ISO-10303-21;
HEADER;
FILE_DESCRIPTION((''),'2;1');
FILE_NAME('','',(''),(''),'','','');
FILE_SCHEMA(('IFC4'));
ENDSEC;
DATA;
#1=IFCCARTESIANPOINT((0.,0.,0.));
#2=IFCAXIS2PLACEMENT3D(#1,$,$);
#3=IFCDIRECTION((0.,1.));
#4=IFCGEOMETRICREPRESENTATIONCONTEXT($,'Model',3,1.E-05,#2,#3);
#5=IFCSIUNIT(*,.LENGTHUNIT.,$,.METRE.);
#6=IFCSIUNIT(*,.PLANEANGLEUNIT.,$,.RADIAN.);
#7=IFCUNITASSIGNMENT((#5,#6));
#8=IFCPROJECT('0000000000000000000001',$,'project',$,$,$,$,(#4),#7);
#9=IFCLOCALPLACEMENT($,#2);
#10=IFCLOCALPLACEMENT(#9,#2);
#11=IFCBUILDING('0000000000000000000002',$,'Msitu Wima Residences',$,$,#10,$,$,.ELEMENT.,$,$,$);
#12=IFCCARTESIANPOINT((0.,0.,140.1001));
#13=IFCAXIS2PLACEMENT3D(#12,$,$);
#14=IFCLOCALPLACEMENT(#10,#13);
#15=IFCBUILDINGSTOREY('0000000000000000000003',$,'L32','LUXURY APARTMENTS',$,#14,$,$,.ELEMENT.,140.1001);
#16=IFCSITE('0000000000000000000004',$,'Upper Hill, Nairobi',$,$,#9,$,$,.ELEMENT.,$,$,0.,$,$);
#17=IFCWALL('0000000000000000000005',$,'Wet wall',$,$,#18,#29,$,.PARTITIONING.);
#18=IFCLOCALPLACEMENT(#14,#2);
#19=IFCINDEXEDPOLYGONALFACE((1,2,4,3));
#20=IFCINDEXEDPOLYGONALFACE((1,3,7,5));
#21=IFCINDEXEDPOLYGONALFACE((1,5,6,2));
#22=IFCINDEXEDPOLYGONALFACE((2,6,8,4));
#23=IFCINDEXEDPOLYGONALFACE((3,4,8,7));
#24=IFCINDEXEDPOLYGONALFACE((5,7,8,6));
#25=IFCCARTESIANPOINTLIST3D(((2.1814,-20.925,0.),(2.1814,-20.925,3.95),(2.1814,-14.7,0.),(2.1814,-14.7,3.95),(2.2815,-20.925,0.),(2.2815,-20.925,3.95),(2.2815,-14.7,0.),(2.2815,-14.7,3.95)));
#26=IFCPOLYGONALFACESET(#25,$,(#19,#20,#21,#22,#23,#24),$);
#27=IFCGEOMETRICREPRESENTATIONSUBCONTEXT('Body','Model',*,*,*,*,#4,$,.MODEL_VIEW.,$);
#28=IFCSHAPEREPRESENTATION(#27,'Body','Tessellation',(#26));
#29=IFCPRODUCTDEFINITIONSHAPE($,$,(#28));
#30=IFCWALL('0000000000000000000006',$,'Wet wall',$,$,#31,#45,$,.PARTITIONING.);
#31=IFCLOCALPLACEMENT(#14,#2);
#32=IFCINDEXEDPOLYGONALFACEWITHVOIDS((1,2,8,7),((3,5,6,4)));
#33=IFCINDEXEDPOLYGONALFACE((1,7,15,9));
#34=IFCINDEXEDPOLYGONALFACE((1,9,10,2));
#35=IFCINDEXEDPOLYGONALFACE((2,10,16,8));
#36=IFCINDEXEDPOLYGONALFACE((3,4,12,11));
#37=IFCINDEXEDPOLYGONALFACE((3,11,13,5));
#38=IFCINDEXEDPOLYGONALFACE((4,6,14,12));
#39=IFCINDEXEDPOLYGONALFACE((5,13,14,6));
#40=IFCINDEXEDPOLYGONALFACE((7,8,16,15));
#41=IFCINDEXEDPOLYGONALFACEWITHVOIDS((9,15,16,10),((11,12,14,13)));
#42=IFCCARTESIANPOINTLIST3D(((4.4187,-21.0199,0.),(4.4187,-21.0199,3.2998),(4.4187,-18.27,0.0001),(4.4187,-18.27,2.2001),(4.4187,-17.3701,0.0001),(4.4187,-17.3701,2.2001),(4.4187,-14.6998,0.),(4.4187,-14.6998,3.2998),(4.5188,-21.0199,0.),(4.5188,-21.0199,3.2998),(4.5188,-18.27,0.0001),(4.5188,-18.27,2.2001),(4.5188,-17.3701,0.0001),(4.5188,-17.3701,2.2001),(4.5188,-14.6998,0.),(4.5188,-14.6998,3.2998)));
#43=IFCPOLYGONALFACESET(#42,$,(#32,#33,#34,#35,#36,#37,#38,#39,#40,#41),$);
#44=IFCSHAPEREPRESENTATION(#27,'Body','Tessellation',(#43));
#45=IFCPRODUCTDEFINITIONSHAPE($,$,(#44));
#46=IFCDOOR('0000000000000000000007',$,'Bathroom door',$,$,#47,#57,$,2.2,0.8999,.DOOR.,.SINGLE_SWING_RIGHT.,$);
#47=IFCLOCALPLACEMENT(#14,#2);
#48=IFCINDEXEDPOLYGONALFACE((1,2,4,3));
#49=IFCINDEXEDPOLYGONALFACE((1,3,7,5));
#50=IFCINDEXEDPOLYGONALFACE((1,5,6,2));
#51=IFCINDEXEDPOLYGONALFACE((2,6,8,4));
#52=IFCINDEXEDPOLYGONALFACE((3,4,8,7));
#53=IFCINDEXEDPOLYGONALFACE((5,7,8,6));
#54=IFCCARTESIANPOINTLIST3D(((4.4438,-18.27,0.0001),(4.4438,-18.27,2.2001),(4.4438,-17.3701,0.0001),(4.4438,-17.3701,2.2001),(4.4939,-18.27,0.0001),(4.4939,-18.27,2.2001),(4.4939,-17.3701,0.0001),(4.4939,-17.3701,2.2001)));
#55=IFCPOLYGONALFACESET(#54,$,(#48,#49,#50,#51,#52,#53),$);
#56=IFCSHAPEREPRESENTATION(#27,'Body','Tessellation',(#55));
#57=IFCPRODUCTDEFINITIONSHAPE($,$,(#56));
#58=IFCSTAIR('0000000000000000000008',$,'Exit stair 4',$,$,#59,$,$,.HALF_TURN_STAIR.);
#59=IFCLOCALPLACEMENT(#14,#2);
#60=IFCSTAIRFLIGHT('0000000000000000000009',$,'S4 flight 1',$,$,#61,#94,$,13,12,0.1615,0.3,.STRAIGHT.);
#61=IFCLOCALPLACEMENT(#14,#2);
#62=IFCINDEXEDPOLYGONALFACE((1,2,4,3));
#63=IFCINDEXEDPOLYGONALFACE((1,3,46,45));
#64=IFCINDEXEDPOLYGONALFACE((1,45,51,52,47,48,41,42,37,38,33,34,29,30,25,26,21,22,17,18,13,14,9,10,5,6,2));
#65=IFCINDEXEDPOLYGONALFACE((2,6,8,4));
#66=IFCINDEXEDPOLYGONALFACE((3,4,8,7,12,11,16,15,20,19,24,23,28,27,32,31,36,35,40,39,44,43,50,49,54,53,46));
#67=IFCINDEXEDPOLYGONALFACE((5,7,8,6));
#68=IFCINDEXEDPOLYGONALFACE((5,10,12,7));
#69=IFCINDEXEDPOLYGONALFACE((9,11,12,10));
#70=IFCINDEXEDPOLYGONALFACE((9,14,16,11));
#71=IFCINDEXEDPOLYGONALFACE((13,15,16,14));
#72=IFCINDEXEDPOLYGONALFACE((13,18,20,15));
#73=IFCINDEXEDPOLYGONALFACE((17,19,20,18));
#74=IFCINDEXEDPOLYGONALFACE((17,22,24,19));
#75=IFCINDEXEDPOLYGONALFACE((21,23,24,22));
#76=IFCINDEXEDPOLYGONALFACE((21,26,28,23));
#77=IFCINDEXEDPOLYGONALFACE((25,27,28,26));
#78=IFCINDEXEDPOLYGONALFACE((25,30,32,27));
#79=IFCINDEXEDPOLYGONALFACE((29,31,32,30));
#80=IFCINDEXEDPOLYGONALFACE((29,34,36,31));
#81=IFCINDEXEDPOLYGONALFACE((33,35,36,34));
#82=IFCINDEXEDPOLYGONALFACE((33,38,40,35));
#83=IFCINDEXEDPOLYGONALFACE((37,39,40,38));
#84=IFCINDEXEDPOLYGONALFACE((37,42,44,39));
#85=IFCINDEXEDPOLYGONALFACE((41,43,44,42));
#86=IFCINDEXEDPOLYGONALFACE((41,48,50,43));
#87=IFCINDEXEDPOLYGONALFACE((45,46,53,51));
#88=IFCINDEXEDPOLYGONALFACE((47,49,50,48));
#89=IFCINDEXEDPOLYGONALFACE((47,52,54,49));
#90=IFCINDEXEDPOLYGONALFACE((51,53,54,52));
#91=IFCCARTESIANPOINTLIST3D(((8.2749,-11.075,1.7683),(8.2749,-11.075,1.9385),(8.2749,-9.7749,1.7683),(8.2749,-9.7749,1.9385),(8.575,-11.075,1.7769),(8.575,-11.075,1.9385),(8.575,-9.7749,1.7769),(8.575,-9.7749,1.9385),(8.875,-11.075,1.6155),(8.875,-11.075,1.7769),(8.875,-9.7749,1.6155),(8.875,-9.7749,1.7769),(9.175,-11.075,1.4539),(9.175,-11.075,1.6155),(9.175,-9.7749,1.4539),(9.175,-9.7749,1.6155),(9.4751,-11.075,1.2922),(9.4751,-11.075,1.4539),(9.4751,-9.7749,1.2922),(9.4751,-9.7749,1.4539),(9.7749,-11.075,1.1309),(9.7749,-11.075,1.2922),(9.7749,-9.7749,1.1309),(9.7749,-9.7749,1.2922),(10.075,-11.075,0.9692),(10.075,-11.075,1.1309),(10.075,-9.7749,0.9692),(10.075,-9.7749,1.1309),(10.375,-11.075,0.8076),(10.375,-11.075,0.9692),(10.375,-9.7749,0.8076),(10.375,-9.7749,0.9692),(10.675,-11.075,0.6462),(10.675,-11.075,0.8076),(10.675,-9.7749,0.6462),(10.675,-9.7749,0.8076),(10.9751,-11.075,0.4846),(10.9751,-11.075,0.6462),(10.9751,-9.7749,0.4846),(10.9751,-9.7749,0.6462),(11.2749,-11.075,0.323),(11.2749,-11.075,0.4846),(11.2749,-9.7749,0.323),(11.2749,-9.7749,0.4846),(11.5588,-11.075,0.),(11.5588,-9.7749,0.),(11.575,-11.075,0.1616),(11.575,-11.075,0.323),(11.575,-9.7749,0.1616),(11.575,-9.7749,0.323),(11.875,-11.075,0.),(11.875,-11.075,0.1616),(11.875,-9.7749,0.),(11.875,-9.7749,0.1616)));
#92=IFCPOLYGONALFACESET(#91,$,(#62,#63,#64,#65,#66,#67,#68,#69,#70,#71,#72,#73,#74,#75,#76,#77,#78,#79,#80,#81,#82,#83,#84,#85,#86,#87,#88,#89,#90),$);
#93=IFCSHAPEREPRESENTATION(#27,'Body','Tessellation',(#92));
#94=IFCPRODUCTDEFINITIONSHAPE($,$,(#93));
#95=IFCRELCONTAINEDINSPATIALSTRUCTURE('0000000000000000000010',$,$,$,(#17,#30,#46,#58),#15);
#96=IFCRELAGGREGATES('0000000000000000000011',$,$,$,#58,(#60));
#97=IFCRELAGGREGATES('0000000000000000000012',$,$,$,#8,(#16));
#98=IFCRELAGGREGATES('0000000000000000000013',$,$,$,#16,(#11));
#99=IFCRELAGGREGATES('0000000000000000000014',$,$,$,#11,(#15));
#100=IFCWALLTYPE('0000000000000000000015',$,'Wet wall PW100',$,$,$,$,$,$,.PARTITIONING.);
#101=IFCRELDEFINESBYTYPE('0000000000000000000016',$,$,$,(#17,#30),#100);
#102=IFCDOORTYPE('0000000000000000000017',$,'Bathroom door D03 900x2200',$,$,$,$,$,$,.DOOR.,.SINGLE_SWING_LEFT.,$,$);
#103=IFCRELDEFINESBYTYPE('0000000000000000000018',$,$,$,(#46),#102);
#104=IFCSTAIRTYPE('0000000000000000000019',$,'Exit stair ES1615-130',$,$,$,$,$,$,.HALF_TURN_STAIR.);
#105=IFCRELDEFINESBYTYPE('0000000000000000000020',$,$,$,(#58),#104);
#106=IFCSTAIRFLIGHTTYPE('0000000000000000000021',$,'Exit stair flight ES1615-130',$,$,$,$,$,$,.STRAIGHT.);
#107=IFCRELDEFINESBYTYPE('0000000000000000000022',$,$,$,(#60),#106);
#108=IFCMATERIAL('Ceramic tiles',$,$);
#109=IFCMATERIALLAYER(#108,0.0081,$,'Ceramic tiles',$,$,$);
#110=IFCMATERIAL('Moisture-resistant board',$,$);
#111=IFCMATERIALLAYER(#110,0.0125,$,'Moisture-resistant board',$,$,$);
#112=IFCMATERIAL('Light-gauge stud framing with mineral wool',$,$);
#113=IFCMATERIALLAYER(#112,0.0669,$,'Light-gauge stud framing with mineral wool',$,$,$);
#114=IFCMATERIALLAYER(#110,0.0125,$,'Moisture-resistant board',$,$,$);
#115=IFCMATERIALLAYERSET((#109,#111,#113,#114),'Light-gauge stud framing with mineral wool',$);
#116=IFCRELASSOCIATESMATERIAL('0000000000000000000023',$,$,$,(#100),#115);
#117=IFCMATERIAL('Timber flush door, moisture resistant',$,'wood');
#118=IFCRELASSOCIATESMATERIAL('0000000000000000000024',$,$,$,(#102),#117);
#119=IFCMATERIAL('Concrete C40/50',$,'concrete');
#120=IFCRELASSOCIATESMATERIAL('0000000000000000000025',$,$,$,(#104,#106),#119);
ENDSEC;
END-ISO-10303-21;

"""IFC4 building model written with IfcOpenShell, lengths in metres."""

from ifc_helpers import new_model, si_unit, direction, frame, frame_2d, origin, place, context, subcontext, project, spatial, polyline, rectangle, outline, extrude, material, layer, layer_set, type_object, element, fill, aggregate, save


model = new_model("IFC4")

# Units and contexts
model_context = context("Model", 3, precision=1e-05, world=origin(), true_north=direction((0.0, 1.0)))
body_context = subcontext(model_context, "Body", "Model", "MODEL_VIEW")
ifc_project = project(units=[si_unit("LENGTHUNIT", "METRE"), si_unit("PLANEANGLEUNIT", "RADIAN")], contexts=[model_context])

# Site, building, storey
site_placement = place(None, origin())
site = spatial("IfcSite", under=ifc_project, at=site_placement, Name="Upper Hill, Nairobi", CompositionType="ELEMENT", RefElevation=0.0)
building_placement = place(site_placement, origin())
building = spatial("IfcBuilding", under=site, at=building_placement, Name="Msitu Wima Residences", CompositionType="ELEMENT")
storey_placement = place(building_placement, frame((0.0, 0.0, 140.1001)))
storey = spatial("IfcBuildingStorey", under=building, at=storey_placement, Name="L32", Description="LUXURY APARTMENTS", CompositionType="ELEMENT", Elevation=140.1001)

# Shared definitions
ifc_material_1 = material(Name="Concrete C40/50", Category="concrete")

# Wall
ifc_material_2 = material(Name="Ceramic tiles")
ifc_layer_1 = layer(ifc_material_2, 0.0081, Name="Ceramic tiles")
ifc_material_3 = material(Name="Moisture-resistant board")
ifc_layer_2 = layer(ifc_material_3, 0.0125, Name="Moisture-resistant board")
ifc_material_4 = material(Name="Light-gauge stud framing with mineral wool")
ifc_layer_3 = layer(ifc_material_4, 0.0669, Name="Light-gauge stud framing with mineral wool")
ifc_layer_4 = layer(ifc_material_3, 0.0125, Name="Moisture-resistant board")
ifc_layer_set_1 = layer_set([ifc_layer_1, ifc_layer_2, ifc_layer_3, ifc_layer_4], Name="Light-gauge stud framing with mineral wool")
wall_type_1 = type_object("IfcWallType", Name="Wet wall PW100", PredefinedType="PARTITIONING", material=ifc_layer_set_1)
wall_1_placement = place(storey_placement, frame((2.2314, -20.925, 0.0), z_axis=(0.0, 0.0, 1.0), x_axis=(0.0, 1.0, 0.0)))
element("IfcWall", 1, at=wall_1_placement, inside=storey, type_object=wall_type_1, Name="Wet wall", PredefinedType="PARTITIONING", context=body_context, shape_type="SweptSolid", body=[
    extrude(rectangle(XDim=6.2251, YDim=0.1001, at=frame_2d((3.1125, 0.0))), origin(), (0.0, 0.0, 1.0), 3.95),
])

# Wall, opening, door
wall_2_placement = place(storey_placement, frame((4.4688, -21.02, 0.0), z_axis=(0.0, 0.0, 1.0), x_axis=(0.0, 1.0, 0.0)))
wall_2 = element("IfcWall", 2, at=wall_2_placement, inside=storey, type_object=wall_type_1, Name="Wet wall", PredefinedType="PARTITIONING", context=body_context, shape_type="SweptSolid", body=[
    extrude(rectangle(XDim=6.3201, YDim=0.1001, at=frame_2d((3.1602, 0.0))), origin(), (0.0, 0.0, 1.0), 3.2998),
])
opening_1_placement = place(wall_2_placement, frame((2.75, 0.0, 0.0)))
opening_1 = element("IfcOpeningElement", 3, at=opening_1_placement, cuts=wall_2, PredefinedType="OPENING", context=body_context, shape_type="SweptSolid", body=[
    extrude(rectangle(XDim=0.8999, YDim=2.2, at=frame_2d((0.45, 1.1001))), frame((0.0, 0.0601, 0.0), z_axis=(0.0, -1.0, 0.0), x_axis=(1.0, 0.0, 0.0)), (0.0, 0.0, 1.0), 0.1201),
])
ifc_material_5 = material(Name="Timber flush door, moisture resistant", Category="wood")
door_type_1 = type_object("IfcDoorType", Name="Bathroom door D03 900x2200", OperationType="SINGLE_SWING_LEFT", PredefinedType="DOOR", material=ifc_material_5)
door_1_placement = place(opening_1_placement, origin())
door_1 = element("IfcDoor", 4, at=door_1_placement, inside=storey, type_object=door_type_1, Name="Bathroom door", OperationType="SINGLE_SWING_RIGHT", OverallHeight=2.2, OverallWidth=0.8999, PredefinedType="DOOR", context=body_context, shape_type="SweptSolid", body=[
    extrude(rectangle(XDim=0.8999, YDim=2.2, at=frame_2d((0.45, 1.1001))), frame((0.0, 0.0249, 0.0), z_axis=(0.0, -1.0, 0.0), x_axis=(1.0, 0.0, 0.0)), (0.0, 0.0, 1.0), 0.05),
])
fill(opening_1, door_1)

# Stair, stair flight
stair_type = type_object("IfcStairType", Name="Exit stair ES1615-130", PredefinedType="HALF_TURN_STAIR", material=ifc_material_1)
stair_placement = place(storey_placement, origin())
stair = element("IfcStair", 5, at=stair_placement, inside=storey, type_object=stair_type, Name="Exit stair 4", PredefinedType="HALF_TURN_STAIR")
stair_flight_type = type_object("IfcStairFlightType", Name="Exit stair flight ES1615-130", PredefinedType="STRAIGHT", material=ifc_material_1)
stair_flight_placement = place(storey_placement, frame((11.875, -10.425, 0.0), z_axis=(0.0, 0.0, 1.0), x_axis=(-1.0, 0.0, 0.0)))
stair_flight = element("IfcStairFlight", 6, at=stair_flight_placement, type_object=stair_flight_type, Name="S4 flight 1", NumberOfRisers=13, NumberOfTreads=12, PredefinedType="STRAIGHT", RiserHeight=0.1615, TreadLength=0.3, context=body_context, shape_type="SweptSolid", body=[
    extrude(outline(polyline([(0.0, 0.0), (0.0, 0.1616), (0.3, 0.1616), (0.3, 0.323), (0.6001, 0.323), (0.6001, 0.4846), (0.8999, 0.4846), (0.8999, 0.6462), (1.2, 0.6462), (1.2, 0.8076), (1.5, 0.8076), (1.5, 0.9692), (1.8, 0.9692), (1.8, 1.1309), (2.1001, 1.1309), (2.1001, 1.2922), (2.3999, 1.2922), (2.3999, 1.4539), (2.7, 1.4539), (2.7, 1.6155), (3.0, 1.6155), (3.0, 1.7769), (3.3, 1.7769), (3.3, 1.9385), (3.6001, 1.9385), (3.6001, 2.1001), (3.6001, 1.7683), (0.3162, 0.0), (0.0, 0.0)])), frame((0.0, 0.6499, 0.0), z_axis=(0.0, -1.0, 0.0), x_axis=(1.0, 0.0, 0.0)), (0.0, 0.0, 1.0), 1.3),
])
aggregate(stair, [stair_flight])

save(model, "model.ifc")
